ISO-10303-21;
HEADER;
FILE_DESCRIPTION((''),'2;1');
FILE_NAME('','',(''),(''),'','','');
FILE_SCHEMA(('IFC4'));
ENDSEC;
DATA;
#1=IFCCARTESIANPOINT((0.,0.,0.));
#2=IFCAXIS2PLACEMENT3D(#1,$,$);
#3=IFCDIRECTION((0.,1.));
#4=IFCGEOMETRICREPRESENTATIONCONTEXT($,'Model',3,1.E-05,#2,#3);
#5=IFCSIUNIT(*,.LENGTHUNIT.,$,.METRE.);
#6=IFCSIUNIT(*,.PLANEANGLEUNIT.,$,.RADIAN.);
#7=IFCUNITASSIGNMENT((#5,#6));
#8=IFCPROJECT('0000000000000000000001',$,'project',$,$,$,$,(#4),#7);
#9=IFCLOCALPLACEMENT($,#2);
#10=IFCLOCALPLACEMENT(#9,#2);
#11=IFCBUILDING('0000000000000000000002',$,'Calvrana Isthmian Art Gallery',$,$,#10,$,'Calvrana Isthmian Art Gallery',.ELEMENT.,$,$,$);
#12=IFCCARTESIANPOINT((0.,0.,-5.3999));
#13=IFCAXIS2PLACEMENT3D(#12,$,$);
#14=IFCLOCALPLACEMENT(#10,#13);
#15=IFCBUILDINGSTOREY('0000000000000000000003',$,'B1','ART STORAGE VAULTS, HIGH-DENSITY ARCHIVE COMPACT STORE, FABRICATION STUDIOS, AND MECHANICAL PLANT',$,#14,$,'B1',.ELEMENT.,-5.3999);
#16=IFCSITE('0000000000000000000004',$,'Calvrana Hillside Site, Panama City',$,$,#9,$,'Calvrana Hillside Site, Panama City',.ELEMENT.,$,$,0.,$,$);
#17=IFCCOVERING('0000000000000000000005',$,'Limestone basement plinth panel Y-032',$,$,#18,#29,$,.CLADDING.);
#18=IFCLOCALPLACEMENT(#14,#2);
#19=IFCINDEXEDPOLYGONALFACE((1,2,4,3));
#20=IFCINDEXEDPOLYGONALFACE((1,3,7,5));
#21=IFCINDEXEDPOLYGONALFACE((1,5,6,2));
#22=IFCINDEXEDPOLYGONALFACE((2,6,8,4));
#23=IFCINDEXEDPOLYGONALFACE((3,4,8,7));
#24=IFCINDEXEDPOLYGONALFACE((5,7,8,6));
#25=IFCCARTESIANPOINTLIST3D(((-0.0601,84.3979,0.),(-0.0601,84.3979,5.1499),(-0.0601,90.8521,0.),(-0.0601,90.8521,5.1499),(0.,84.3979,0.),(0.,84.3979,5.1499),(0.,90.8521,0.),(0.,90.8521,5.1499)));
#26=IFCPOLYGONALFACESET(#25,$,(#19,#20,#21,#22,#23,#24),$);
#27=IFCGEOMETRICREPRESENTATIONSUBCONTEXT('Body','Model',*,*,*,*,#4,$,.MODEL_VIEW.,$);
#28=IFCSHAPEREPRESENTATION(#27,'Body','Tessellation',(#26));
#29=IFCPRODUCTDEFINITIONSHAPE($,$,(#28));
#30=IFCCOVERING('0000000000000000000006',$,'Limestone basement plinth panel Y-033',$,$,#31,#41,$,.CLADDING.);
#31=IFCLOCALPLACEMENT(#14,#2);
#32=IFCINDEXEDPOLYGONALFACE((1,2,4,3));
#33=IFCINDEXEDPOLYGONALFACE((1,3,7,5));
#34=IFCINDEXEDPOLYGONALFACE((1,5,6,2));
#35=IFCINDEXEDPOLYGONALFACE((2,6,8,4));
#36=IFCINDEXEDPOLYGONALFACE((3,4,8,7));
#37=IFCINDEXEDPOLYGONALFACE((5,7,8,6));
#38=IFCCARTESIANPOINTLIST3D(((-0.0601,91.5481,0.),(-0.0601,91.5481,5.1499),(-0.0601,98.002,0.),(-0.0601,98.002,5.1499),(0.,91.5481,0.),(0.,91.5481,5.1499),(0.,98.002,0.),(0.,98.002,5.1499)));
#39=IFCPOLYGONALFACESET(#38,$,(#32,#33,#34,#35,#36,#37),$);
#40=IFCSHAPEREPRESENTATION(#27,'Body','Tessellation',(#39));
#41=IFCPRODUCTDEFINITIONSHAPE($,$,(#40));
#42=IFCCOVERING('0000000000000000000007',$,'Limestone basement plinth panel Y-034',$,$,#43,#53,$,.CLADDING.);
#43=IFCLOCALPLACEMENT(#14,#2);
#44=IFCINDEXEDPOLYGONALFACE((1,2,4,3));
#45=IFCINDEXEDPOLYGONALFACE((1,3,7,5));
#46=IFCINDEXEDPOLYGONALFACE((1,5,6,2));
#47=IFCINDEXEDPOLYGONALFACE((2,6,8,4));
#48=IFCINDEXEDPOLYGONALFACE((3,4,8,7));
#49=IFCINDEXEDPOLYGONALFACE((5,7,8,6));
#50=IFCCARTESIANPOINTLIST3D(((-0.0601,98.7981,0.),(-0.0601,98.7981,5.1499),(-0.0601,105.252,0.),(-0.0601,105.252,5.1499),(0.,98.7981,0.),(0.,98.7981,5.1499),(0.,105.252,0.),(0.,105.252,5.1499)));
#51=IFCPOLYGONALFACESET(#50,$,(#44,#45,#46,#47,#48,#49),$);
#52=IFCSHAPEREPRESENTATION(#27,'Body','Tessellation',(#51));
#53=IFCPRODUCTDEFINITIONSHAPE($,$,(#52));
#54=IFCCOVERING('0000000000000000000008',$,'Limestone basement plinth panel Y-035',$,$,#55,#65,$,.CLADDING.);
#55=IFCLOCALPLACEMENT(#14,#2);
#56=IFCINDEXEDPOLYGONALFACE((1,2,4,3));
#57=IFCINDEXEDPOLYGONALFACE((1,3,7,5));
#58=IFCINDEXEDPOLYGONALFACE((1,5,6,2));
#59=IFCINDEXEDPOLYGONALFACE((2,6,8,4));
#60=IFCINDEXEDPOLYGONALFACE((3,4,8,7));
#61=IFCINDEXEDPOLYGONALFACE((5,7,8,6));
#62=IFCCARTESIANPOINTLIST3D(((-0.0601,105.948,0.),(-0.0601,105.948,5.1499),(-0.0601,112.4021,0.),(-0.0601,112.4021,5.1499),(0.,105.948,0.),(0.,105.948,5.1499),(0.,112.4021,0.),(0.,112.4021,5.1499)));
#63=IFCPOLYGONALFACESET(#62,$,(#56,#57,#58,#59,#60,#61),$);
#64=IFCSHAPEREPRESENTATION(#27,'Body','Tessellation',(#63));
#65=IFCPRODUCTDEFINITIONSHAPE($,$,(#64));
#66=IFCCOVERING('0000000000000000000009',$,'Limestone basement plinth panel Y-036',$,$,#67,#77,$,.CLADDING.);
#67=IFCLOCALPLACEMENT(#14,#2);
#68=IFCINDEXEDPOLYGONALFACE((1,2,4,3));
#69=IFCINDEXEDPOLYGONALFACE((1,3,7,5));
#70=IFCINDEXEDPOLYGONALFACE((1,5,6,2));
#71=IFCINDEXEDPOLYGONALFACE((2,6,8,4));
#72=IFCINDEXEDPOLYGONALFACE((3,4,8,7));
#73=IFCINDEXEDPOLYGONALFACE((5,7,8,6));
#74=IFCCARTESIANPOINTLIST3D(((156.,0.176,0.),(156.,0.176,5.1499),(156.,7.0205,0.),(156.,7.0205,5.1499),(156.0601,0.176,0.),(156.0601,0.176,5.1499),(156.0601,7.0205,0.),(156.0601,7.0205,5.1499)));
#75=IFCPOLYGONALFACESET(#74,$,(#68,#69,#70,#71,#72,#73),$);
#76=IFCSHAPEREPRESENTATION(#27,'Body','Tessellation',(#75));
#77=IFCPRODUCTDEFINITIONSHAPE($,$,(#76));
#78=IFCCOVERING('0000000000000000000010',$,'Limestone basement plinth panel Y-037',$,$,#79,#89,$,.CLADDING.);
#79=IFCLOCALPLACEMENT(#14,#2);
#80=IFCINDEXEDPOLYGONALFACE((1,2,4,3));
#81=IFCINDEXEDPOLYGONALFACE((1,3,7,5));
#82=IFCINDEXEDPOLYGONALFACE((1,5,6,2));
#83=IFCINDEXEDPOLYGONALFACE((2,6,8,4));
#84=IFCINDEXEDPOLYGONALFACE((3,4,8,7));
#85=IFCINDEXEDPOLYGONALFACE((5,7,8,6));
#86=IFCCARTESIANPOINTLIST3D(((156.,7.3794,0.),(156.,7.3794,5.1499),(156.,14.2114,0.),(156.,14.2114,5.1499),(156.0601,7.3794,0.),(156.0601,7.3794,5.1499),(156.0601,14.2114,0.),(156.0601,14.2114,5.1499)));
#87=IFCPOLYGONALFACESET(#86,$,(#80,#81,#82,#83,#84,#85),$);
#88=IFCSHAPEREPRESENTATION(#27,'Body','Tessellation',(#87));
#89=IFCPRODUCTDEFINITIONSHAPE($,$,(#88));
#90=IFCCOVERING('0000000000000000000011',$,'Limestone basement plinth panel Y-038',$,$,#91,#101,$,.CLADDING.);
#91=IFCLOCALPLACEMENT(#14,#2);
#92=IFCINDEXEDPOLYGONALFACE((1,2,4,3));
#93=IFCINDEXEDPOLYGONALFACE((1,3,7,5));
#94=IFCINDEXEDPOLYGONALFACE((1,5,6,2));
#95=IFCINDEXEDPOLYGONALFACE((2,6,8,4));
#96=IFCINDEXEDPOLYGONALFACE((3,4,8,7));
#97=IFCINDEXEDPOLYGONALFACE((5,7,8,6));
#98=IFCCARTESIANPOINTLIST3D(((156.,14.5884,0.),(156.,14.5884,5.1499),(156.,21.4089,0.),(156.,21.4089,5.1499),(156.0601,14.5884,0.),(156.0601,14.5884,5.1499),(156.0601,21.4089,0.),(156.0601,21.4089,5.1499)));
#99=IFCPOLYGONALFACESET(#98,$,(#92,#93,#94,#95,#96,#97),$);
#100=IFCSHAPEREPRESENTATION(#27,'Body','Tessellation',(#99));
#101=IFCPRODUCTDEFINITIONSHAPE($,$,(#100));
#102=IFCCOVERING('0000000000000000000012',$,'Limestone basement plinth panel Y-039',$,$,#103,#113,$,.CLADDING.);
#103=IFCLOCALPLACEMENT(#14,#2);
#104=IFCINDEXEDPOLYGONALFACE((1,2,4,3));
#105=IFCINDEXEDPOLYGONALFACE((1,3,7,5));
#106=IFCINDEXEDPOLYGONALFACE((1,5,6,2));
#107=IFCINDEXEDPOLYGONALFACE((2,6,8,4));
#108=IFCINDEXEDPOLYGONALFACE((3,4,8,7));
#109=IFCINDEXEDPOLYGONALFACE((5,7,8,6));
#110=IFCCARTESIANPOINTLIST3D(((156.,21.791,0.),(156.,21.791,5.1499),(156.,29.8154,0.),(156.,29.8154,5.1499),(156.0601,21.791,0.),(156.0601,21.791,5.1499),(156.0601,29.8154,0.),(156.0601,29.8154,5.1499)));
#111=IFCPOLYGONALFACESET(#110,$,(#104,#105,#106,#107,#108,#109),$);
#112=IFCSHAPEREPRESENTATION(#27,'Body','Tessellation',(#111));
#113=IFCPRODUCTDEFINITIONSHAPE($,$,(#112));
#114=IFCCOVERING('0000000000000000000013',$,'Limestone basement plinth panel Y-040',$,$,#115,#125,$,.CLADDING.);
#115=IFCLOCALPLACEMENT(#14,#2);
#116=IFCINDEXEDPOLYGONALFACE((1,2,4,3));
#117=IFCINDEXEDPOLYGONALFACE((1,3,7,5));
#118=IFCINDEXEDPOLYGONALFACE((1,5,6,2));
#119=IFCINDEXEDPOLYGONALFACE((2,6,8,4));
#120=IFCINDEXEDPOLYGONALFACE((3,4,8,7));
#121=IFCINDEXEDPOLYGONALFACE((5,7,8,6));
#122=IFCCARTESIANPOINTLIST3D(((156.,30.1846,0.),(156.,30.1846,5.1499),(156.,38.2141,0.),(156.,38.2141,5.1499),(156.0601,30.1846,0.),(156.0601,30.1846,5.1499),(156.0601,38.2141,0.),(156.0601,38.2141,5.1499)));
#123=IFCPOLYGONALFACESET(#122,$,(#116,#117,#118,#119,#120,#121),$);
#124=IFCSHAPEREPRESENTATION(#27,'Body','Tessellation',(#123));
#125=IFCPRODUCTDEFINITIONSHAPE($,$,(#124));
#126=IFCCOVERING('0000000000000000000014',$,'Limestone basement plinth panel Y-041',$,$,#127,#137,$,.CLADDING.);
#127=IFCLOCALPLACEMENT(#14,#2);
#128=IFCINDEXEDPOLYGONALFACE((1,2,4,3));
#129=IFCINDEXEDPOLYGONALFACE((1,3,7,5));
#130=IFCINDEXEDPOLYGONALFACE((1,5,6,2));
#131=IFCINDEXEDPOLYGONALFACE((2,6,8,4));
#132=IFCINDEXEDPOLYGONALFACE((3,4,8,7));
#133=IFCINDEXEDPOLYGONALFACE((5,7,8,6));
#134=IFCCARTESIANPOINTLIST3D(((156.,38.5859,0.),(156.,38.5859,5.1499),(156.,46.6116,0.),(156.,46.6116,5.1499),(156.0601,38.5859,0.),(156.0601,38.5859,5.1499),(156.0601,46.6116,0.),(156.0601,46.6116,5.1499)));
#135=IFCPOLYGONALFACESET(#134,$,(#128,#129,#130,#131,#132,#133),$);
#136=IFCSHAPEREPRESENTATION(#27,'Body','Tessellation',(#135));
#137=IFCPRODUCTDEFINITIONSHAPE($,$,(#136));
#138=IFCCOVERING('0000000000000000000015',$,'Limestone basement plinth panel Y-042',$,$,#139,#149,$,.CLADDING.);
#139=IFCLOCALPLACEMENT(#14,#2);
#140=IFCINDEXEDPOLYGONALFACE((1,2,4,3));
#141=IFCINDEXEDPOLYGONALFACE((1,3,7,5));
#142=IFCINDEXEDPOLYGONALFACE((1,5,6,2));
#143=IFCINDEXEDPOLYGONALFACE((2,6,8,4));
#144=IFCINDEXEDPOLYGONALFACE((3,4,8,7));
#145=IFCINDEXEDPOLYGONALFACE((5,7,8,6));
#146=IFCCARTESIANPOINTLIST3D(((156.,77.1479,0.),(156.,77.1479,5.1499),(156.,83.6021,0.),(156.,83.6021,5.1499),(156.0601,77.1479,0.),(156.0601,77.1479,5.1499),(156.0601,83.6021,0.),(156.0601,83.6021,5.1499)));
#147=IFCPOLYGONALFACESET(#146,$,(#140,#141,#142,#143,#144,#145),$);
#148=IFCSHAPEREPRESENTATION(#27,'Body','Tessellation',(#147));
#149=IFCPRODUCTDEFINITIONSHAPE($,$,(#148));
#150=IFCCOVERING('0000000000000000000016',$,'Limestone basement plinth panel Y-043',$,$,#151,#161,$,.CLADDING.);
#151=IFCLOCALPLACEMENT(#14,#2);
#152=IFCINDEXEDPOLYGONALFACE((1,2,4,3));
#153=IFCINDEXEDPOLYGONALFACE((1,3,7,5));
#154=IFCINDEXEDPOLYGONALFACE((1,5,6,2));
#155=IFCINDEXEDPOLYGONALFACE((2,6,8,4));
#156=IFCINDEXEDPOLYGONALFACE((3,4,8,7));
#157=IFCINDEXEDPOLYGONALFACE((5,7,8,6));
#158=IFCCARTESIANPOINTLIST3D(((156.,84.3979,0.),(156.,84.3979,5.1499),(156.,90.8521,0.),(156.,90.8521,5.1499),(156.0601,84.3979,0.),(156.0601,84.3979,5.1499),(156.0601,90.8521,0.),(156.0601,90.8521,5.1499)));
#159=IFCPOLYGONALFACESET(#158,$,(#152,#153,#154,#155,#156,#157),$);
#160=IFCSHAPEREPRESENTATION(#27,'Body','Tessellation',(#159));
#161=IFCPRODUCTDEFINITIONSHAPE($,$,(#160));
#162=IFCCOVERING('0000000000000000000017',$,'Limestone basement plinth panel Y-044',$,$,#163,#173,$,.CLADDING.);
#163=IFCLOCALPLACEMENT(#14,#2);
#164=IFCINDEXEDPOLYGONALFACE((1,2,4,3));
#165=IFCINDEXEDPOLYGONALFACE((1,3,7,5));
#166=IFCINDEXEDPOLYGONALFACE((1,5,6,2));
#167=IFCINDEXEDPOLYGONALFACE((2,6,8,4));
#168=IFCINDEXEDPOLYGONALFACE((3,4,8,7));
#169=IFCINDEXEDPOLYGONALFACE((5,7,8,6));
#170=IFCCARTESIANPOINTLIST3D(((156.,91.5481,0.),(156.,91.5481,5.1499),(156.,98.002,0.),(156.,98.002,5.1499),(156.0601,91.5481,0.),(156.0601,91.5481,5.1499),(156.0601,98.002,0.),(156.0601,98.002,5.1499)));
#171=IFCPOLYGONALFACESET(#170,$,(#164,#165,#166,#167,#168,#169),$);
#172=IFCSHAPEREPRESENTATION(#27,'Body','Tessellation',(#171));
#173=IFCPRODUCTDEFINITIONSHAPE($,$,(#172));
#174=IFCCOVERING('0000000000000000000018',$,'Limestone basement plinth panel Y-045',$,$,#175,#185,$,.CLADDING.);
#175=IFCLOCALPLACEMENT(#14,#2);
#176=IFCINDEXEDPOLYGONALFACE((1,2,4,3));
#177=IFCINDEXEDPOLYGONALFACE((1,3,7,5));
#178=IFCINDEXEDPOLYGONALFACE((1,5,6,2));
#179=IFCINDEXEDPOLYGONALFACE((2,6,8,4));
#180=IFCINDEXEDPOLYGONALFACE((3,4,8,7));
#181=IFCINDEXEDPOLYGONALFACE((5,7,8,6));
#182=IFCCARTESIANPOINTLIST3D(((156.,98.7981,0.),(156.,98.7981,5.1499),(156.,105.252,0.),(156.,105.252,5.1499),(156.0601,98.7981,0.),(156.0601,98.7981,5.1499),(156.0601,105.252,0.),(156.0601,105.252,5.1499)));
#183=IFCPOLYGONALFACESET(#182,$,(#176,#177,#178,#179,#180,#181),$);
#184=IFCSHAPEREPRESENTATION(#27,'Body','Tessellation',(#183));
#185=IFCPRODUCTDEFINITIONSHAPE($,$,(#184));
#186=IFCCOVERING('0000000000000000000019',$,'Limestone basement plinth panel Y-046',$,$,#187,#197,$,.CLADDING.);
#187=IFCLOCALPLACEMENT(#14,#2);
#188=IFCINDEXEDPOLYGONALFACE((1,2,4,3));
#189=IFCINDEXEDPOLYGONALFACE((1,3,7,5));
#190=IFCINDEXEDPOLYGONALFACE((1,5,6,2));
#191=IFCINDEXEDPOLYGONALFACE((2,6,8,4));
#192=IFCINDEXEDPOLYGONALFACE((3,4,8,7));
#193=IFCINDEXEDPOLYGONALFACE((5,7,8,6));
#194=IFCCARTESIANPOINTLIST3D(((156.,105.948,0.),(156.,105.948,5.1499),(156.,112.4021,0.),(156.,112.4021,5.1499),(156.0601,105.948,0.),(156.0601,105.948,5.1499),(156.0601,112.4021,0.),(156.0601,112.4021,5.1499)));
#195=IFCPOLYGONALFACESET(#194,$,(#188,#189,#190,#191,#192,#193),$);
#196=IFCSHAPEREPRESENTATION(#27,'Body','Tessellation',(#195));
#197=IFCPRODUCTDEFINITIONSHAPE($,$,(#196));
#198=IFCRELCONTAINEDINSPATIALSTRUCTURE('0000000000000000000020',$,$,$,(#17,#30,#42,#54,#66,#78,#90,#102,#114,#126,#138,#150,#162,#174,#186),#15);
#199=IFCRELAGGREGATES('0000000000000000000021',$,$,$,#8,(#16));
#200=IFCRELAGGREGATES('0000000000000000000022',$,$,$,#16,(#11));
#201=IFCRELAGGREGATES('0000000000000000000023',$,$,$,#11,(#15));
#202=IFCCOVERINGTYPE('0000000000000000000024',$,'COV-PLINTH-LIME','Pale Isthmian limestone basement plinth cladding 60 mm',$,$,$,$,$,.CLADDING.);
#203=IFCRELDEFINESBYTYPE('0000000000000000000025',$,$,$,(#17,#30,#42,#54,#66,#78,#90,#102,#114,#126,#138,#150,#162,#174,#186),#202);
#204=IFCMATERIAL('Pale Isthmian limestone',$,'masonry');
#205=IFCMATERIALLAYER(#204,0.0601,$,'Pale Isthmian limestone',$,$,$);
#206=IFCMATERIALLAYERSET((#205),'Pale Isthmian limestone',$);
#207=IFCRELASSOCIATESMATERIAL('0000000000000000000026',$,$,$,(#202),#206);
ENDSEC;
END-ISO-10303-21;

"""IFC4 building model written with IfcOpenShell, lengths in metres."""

from ifc_helpers import new_model, si_unit, direction, frame, origin, place, context, subcontext, project, spatial, polyline, outline, extrude, material, layer, layer_set, type_object, element, save


model = new_model("IFC4")

# Units and contexts
model_context = context("Model", 3, precision=1e-05, world=origin(), true_north=direction((0.0, 1.0)))
body_context = subcontext(model_context, "Body", "Model", "MODEL_VIEW")
ifc_project = project(units=[si_unit("LENGTHUNIT", "METRE"), si_unit("PLANEANGLEUNIT", "RADIAN")], contexts=[model_context])

# Site, building, storey
site_placement = place(None, origin())
site = spatial("IfcSite", under=ifc_project, at=site_placement, Name="Calvrana Hillside Site, Panama City", LongName="Calvrana Hillside Site, Panama City", CompositionType="ELEMENT", RefElevation=0.0)
building_placement = place(site_placement, origin())
building = spatial("IfcBuilding", under=site, at=building_placement, Name="Calvrana Isthmian Art Gallery", LongName="Calvrana Isthmian Art Gallery", CompositionType="ELEMENT")
storey_placement = place(building_placement, frame((0.0, 0.0, -5.3999)))
storey = spatial("IfcBuildingStorey", under=building, at=storey_placement, Name="B1", Description="ART STORAGE VAULTS, HIGH-DENSITY ARCHIVE COMPACT STORE, FABRICATION STUDIOS, AND MECHANICAL PLANT", LongName="B1", CompositionType="ELEMENT", Elevation=-5.3999)

# Coverings
ifc_material = material(Name="Pale Isthmian limestone", Category="masonry")
ifc_layer = layer(ifc_material, 0.0601, Name="Pale Isthmian limestone")
ifc_layer_set = layer_set([ifc_layer], Name="Pale Isthmian limestone")
covering_type = type_object("IfcCoveringType", Name="COV-PLINTH-LIME", Description="Pale Isthmian limestone basement plinth cladding 60 mm", PredefinedType="CLADDING", material=ifc_layer_set)
covering_1_placement = place(storey_placement, origin())
element("IfcCovering", 1, at=covering_1_placement, inside=storey, type_object=covering_type, Name="Limestone basement plinth panel Y-032", PredefinedType="CLADDING", context=body_context, shape_type="SweptSolid", body=[
    extrude(outline(polyline([(-0.0601, 84.3979), (0.0, 84.3979), (0.0, 90.8521), (-0.0601, 90.8521), (-0.0601, 84.3979)])), origin(), (0.0, 0.0, 1.0), 5.1499),
])
covering_2_placement = place(storey_placement, origin())
element("IfcCovering", 2, at=covering_2_placement, inside=storey, type_object=covering_type, Name="Limestone basement plinth panel Y-033", PredefinedType="CLADDING", context=body_context, shape_type="SweptSolid", body=[
    extrude(outline(polyline([(-0.0601, 91.5481), (0.0, 91.5481), (0.0, 98.002), (-0.0601, 98.002), (-0.0601, 91.5481)])), origin(), (0.0, 0.0, 1.0), 5.1499),
])
covering_3_placement = place(storey_placement, origin())
element("IfcCovering", 3, at=covering_3_placement, inside=storey, type_object=covering_type, Name="Limestone basement plinth panel Y-034", PredefinedType="CLADDING", context=body_context, shape_type="SweptSolid", body=[
    extrude(outline(polyline([(-0.0601, 98.7981), (0.0, 98.7981), (0.0, 105.252), (-0.0601, 105.252), (-0.0601, 98.7981)])), origin(), (0.0, 0.0, 1.0), 5.1499),
])
covering_4_placement = place(storey_placement, origin())
element("IfcCovering", 4, at=covering_4_placement, inside=storey, type_object=covering_type, Name="Limestone basement plinth panel Y-035", PredefinedType="CLADDING", context=body_context, shape_type="SweptSolid", body=[
    extrude(outline(polyline([(-0.0601, 105.948), (0.0, 105.948), (0.0, 112.4021), (-0.0601, 112.4021), (-0.0601, 105.948)])), origin(), (0.0, 0.0, 1.0), 5.1499),
])
covering_5_placement = place(storey_placement, origin())
element("IfcCovering", 5, at=covering_5_placement, inside=storey, type_object=covering_type, Name="Limestone basement plinth panel Y-036", PredefinedType="CLADDING", context=body_context, shape_type="SweptSolid", body=[
    extrude(outline(polyline([(156.0, 0.176), (156.0601, 0.176), (156.0601, 7.0205), (156.0, 7.0205), (156.0, 0.176)])), origin(), (0.0, 0.0, 1.0), 5.1499),
])
covering_6_placement = place(storey_placement, origin())
element("IfcCovering", 6, at=covering_6_placement, inside=storey, type_object=covering_type, Name="Limestone basement plinth panel Y-037", PredefinedType="CLADDING", context=body_context, shape_type="SweptSolid", body=[
    extrude(outline(polyline([(156.0, 7.3794), (156.0601, 7.3794), (156.0601, 14.2114), (156.0, 14.2114), (156.0, 7.3794)])), origin(), (0.0, 0.0, 1.0), 5.1499),
])
covering_7_placement = place(storey_placement, origin())
element("IfcCovering", 7, at=covering_7_placement, inside=storey, type_object=covering_type, Name="Limestone basement plinth panel Y-038", PredefinedType="CLADDING", context=body_context, shape_type="SweptSolid", body=[
    extrude(outline(polyline([(156.0, 14.5884), (156.0601, 14.5884), (156.0601, 21.4089), (156.0, 21.4089), (156.0, 14.5884)])), origin(), (0.0, 0.0, 1.0), 5.1499),
])
covering_8_placement = place(storey_placement, origin())
element("IfcCovering", 8, at=covering_8_placement, inside=storey, type_object=covering_type, Name="Limestone basement plinth panel Y-039", PredefinedType="CLADDING", context=body_context, shape_type="SweptSolid", body=[
    extrude(outline(polyline([(156.0, 21.791), (156.0601, 21.791), (156.0601, 29.8154), (156.0, 29.8154), (156.0, 21.791)])), origin(), (0.0, 0.0, 1.0), 5.1499),
])
covering_9_placement = place(storey_placement, origin())
element("IfcCovering", 9, at=covering_9_placement, inside=storey, type_object=covering_type, Name="Limestone basement plinth panel Y-040", PredefinedType="CLADDING", context=body_context, shape_type="SweptSolid", body=[
    extrude(outline(polyline([(156.0, 30.1846), (156.0601, 30.1846), (156.0601, 38.2141), (156.0, 38.2141), (156.0, 30.1846)])), origin(), (0.0, 0.0, 1.0), 5.1499),
])
covering_10_placement = place(storey_placement, origin())
element("IfcCovering", 10, at=covering_10_placement, inside=storey, type_object=covering_type, Name="Limestone basement plinth panel Y-041", PredefinedType="CLADDING", context=body_context, shape_type="SweptSolid", body=[
    extrude(outline(polyline([(156.0, 38.5859), (156.0601, 38.5859), (156.0601, 46.6116), (156.0, 46.6116), (156.0, 38.5859)])), origin(), (0.0, 0.0, 1.0), 5.1499),
])
covering_11_placement = place(storey_placement, origin())
element("IfcCovering", 11, at=covering_11_placement, inside=storey, type_object=covering_type, Name="Limestone basement plinth panel Y-042", PredefinedType="CLADDING", context=body_context, shape_type="SweptSolid", body=[
    extrude(outline(polyline([(156.0, 77.1479), (156.0601, 77.1479), (156.0601, 83.6021), (156.0, 83.6021), (156.0, 77.1479)])), origin(), (0.0, 0.0, 1.0), 5.1499),
])
covering_12_placement = place(storey_placement, origin())
element("IfcCovering", 12, at=covering_12_placement, inside=storey, type_object=covering_type, Name="Limestone basement plinth panel Y-043", PredefinedType="CLADDING", context=body_context, shape_type="SweptSolid", body=[
    extrude(outline(polyline([(156.0, 84.3979), (156.0601, 84.3979), (156.0601, 90.8521), (156.0, 90.8521), (156.0, 84.3979)])), origin(), (0.0, 0.0, 1.0), 5.1499),
])
covering_13_placement = place(storey_placement, origin())
element("IfcCovering", 13, at=covering_13_placement, inside=storey, type_object=covering_type, Name="Limestone basement plinth panel Y-044", PredefinedType="CLADDING", context=body_context, shape_type="SweptSolid", body=[
    extrude(outline(polyline([(156.0, 91.5481), (156.0601, 91.5481), (156.0601, 98.002), (156.0, 98.002), (156.0, 91.5481)])), origin(), (0.0, 0.0, 1.0), 5.1499),
])
covering_14_placement = place(storey_placement, origin())
element("IfcCovering", 14, at=covering_14_placement, inside=storey, type_object=covering_type, Name="Limestone basement plinth panel Y-045", PredefinedType="CLADDING", context=body_context, shape_type="SweptSolid", body=[
    extrude(outline(polyline([(156.0, 98.7981), (156.0601, 98.7981), (156.0601, 105.252), (156.0, 105.252), (156.0, 98.7981)])), origin(), (0.0, 0.0, 1.0), 5.1499),
])
covering_15_placement = place(storey_placement, origin())
element("IfcCovering", 15, at=covering_15_placement, inside=storey, type_object=covering_type, Name="Limestone basement plinth panel Y-046", PredefinedType="CLADDING", context=body_context, shape_type="SweptSolid", body=[
    extrude(outline(polyline([(156.0, 105.948), (156.0601, 105.948), (156.0601, 112.4021), (156.0, 112.4021), (156.0, 105.948)])), origin(), (0.0, 0.0, 1.0), 5.1499),
])

save(model, "model.ifc")
